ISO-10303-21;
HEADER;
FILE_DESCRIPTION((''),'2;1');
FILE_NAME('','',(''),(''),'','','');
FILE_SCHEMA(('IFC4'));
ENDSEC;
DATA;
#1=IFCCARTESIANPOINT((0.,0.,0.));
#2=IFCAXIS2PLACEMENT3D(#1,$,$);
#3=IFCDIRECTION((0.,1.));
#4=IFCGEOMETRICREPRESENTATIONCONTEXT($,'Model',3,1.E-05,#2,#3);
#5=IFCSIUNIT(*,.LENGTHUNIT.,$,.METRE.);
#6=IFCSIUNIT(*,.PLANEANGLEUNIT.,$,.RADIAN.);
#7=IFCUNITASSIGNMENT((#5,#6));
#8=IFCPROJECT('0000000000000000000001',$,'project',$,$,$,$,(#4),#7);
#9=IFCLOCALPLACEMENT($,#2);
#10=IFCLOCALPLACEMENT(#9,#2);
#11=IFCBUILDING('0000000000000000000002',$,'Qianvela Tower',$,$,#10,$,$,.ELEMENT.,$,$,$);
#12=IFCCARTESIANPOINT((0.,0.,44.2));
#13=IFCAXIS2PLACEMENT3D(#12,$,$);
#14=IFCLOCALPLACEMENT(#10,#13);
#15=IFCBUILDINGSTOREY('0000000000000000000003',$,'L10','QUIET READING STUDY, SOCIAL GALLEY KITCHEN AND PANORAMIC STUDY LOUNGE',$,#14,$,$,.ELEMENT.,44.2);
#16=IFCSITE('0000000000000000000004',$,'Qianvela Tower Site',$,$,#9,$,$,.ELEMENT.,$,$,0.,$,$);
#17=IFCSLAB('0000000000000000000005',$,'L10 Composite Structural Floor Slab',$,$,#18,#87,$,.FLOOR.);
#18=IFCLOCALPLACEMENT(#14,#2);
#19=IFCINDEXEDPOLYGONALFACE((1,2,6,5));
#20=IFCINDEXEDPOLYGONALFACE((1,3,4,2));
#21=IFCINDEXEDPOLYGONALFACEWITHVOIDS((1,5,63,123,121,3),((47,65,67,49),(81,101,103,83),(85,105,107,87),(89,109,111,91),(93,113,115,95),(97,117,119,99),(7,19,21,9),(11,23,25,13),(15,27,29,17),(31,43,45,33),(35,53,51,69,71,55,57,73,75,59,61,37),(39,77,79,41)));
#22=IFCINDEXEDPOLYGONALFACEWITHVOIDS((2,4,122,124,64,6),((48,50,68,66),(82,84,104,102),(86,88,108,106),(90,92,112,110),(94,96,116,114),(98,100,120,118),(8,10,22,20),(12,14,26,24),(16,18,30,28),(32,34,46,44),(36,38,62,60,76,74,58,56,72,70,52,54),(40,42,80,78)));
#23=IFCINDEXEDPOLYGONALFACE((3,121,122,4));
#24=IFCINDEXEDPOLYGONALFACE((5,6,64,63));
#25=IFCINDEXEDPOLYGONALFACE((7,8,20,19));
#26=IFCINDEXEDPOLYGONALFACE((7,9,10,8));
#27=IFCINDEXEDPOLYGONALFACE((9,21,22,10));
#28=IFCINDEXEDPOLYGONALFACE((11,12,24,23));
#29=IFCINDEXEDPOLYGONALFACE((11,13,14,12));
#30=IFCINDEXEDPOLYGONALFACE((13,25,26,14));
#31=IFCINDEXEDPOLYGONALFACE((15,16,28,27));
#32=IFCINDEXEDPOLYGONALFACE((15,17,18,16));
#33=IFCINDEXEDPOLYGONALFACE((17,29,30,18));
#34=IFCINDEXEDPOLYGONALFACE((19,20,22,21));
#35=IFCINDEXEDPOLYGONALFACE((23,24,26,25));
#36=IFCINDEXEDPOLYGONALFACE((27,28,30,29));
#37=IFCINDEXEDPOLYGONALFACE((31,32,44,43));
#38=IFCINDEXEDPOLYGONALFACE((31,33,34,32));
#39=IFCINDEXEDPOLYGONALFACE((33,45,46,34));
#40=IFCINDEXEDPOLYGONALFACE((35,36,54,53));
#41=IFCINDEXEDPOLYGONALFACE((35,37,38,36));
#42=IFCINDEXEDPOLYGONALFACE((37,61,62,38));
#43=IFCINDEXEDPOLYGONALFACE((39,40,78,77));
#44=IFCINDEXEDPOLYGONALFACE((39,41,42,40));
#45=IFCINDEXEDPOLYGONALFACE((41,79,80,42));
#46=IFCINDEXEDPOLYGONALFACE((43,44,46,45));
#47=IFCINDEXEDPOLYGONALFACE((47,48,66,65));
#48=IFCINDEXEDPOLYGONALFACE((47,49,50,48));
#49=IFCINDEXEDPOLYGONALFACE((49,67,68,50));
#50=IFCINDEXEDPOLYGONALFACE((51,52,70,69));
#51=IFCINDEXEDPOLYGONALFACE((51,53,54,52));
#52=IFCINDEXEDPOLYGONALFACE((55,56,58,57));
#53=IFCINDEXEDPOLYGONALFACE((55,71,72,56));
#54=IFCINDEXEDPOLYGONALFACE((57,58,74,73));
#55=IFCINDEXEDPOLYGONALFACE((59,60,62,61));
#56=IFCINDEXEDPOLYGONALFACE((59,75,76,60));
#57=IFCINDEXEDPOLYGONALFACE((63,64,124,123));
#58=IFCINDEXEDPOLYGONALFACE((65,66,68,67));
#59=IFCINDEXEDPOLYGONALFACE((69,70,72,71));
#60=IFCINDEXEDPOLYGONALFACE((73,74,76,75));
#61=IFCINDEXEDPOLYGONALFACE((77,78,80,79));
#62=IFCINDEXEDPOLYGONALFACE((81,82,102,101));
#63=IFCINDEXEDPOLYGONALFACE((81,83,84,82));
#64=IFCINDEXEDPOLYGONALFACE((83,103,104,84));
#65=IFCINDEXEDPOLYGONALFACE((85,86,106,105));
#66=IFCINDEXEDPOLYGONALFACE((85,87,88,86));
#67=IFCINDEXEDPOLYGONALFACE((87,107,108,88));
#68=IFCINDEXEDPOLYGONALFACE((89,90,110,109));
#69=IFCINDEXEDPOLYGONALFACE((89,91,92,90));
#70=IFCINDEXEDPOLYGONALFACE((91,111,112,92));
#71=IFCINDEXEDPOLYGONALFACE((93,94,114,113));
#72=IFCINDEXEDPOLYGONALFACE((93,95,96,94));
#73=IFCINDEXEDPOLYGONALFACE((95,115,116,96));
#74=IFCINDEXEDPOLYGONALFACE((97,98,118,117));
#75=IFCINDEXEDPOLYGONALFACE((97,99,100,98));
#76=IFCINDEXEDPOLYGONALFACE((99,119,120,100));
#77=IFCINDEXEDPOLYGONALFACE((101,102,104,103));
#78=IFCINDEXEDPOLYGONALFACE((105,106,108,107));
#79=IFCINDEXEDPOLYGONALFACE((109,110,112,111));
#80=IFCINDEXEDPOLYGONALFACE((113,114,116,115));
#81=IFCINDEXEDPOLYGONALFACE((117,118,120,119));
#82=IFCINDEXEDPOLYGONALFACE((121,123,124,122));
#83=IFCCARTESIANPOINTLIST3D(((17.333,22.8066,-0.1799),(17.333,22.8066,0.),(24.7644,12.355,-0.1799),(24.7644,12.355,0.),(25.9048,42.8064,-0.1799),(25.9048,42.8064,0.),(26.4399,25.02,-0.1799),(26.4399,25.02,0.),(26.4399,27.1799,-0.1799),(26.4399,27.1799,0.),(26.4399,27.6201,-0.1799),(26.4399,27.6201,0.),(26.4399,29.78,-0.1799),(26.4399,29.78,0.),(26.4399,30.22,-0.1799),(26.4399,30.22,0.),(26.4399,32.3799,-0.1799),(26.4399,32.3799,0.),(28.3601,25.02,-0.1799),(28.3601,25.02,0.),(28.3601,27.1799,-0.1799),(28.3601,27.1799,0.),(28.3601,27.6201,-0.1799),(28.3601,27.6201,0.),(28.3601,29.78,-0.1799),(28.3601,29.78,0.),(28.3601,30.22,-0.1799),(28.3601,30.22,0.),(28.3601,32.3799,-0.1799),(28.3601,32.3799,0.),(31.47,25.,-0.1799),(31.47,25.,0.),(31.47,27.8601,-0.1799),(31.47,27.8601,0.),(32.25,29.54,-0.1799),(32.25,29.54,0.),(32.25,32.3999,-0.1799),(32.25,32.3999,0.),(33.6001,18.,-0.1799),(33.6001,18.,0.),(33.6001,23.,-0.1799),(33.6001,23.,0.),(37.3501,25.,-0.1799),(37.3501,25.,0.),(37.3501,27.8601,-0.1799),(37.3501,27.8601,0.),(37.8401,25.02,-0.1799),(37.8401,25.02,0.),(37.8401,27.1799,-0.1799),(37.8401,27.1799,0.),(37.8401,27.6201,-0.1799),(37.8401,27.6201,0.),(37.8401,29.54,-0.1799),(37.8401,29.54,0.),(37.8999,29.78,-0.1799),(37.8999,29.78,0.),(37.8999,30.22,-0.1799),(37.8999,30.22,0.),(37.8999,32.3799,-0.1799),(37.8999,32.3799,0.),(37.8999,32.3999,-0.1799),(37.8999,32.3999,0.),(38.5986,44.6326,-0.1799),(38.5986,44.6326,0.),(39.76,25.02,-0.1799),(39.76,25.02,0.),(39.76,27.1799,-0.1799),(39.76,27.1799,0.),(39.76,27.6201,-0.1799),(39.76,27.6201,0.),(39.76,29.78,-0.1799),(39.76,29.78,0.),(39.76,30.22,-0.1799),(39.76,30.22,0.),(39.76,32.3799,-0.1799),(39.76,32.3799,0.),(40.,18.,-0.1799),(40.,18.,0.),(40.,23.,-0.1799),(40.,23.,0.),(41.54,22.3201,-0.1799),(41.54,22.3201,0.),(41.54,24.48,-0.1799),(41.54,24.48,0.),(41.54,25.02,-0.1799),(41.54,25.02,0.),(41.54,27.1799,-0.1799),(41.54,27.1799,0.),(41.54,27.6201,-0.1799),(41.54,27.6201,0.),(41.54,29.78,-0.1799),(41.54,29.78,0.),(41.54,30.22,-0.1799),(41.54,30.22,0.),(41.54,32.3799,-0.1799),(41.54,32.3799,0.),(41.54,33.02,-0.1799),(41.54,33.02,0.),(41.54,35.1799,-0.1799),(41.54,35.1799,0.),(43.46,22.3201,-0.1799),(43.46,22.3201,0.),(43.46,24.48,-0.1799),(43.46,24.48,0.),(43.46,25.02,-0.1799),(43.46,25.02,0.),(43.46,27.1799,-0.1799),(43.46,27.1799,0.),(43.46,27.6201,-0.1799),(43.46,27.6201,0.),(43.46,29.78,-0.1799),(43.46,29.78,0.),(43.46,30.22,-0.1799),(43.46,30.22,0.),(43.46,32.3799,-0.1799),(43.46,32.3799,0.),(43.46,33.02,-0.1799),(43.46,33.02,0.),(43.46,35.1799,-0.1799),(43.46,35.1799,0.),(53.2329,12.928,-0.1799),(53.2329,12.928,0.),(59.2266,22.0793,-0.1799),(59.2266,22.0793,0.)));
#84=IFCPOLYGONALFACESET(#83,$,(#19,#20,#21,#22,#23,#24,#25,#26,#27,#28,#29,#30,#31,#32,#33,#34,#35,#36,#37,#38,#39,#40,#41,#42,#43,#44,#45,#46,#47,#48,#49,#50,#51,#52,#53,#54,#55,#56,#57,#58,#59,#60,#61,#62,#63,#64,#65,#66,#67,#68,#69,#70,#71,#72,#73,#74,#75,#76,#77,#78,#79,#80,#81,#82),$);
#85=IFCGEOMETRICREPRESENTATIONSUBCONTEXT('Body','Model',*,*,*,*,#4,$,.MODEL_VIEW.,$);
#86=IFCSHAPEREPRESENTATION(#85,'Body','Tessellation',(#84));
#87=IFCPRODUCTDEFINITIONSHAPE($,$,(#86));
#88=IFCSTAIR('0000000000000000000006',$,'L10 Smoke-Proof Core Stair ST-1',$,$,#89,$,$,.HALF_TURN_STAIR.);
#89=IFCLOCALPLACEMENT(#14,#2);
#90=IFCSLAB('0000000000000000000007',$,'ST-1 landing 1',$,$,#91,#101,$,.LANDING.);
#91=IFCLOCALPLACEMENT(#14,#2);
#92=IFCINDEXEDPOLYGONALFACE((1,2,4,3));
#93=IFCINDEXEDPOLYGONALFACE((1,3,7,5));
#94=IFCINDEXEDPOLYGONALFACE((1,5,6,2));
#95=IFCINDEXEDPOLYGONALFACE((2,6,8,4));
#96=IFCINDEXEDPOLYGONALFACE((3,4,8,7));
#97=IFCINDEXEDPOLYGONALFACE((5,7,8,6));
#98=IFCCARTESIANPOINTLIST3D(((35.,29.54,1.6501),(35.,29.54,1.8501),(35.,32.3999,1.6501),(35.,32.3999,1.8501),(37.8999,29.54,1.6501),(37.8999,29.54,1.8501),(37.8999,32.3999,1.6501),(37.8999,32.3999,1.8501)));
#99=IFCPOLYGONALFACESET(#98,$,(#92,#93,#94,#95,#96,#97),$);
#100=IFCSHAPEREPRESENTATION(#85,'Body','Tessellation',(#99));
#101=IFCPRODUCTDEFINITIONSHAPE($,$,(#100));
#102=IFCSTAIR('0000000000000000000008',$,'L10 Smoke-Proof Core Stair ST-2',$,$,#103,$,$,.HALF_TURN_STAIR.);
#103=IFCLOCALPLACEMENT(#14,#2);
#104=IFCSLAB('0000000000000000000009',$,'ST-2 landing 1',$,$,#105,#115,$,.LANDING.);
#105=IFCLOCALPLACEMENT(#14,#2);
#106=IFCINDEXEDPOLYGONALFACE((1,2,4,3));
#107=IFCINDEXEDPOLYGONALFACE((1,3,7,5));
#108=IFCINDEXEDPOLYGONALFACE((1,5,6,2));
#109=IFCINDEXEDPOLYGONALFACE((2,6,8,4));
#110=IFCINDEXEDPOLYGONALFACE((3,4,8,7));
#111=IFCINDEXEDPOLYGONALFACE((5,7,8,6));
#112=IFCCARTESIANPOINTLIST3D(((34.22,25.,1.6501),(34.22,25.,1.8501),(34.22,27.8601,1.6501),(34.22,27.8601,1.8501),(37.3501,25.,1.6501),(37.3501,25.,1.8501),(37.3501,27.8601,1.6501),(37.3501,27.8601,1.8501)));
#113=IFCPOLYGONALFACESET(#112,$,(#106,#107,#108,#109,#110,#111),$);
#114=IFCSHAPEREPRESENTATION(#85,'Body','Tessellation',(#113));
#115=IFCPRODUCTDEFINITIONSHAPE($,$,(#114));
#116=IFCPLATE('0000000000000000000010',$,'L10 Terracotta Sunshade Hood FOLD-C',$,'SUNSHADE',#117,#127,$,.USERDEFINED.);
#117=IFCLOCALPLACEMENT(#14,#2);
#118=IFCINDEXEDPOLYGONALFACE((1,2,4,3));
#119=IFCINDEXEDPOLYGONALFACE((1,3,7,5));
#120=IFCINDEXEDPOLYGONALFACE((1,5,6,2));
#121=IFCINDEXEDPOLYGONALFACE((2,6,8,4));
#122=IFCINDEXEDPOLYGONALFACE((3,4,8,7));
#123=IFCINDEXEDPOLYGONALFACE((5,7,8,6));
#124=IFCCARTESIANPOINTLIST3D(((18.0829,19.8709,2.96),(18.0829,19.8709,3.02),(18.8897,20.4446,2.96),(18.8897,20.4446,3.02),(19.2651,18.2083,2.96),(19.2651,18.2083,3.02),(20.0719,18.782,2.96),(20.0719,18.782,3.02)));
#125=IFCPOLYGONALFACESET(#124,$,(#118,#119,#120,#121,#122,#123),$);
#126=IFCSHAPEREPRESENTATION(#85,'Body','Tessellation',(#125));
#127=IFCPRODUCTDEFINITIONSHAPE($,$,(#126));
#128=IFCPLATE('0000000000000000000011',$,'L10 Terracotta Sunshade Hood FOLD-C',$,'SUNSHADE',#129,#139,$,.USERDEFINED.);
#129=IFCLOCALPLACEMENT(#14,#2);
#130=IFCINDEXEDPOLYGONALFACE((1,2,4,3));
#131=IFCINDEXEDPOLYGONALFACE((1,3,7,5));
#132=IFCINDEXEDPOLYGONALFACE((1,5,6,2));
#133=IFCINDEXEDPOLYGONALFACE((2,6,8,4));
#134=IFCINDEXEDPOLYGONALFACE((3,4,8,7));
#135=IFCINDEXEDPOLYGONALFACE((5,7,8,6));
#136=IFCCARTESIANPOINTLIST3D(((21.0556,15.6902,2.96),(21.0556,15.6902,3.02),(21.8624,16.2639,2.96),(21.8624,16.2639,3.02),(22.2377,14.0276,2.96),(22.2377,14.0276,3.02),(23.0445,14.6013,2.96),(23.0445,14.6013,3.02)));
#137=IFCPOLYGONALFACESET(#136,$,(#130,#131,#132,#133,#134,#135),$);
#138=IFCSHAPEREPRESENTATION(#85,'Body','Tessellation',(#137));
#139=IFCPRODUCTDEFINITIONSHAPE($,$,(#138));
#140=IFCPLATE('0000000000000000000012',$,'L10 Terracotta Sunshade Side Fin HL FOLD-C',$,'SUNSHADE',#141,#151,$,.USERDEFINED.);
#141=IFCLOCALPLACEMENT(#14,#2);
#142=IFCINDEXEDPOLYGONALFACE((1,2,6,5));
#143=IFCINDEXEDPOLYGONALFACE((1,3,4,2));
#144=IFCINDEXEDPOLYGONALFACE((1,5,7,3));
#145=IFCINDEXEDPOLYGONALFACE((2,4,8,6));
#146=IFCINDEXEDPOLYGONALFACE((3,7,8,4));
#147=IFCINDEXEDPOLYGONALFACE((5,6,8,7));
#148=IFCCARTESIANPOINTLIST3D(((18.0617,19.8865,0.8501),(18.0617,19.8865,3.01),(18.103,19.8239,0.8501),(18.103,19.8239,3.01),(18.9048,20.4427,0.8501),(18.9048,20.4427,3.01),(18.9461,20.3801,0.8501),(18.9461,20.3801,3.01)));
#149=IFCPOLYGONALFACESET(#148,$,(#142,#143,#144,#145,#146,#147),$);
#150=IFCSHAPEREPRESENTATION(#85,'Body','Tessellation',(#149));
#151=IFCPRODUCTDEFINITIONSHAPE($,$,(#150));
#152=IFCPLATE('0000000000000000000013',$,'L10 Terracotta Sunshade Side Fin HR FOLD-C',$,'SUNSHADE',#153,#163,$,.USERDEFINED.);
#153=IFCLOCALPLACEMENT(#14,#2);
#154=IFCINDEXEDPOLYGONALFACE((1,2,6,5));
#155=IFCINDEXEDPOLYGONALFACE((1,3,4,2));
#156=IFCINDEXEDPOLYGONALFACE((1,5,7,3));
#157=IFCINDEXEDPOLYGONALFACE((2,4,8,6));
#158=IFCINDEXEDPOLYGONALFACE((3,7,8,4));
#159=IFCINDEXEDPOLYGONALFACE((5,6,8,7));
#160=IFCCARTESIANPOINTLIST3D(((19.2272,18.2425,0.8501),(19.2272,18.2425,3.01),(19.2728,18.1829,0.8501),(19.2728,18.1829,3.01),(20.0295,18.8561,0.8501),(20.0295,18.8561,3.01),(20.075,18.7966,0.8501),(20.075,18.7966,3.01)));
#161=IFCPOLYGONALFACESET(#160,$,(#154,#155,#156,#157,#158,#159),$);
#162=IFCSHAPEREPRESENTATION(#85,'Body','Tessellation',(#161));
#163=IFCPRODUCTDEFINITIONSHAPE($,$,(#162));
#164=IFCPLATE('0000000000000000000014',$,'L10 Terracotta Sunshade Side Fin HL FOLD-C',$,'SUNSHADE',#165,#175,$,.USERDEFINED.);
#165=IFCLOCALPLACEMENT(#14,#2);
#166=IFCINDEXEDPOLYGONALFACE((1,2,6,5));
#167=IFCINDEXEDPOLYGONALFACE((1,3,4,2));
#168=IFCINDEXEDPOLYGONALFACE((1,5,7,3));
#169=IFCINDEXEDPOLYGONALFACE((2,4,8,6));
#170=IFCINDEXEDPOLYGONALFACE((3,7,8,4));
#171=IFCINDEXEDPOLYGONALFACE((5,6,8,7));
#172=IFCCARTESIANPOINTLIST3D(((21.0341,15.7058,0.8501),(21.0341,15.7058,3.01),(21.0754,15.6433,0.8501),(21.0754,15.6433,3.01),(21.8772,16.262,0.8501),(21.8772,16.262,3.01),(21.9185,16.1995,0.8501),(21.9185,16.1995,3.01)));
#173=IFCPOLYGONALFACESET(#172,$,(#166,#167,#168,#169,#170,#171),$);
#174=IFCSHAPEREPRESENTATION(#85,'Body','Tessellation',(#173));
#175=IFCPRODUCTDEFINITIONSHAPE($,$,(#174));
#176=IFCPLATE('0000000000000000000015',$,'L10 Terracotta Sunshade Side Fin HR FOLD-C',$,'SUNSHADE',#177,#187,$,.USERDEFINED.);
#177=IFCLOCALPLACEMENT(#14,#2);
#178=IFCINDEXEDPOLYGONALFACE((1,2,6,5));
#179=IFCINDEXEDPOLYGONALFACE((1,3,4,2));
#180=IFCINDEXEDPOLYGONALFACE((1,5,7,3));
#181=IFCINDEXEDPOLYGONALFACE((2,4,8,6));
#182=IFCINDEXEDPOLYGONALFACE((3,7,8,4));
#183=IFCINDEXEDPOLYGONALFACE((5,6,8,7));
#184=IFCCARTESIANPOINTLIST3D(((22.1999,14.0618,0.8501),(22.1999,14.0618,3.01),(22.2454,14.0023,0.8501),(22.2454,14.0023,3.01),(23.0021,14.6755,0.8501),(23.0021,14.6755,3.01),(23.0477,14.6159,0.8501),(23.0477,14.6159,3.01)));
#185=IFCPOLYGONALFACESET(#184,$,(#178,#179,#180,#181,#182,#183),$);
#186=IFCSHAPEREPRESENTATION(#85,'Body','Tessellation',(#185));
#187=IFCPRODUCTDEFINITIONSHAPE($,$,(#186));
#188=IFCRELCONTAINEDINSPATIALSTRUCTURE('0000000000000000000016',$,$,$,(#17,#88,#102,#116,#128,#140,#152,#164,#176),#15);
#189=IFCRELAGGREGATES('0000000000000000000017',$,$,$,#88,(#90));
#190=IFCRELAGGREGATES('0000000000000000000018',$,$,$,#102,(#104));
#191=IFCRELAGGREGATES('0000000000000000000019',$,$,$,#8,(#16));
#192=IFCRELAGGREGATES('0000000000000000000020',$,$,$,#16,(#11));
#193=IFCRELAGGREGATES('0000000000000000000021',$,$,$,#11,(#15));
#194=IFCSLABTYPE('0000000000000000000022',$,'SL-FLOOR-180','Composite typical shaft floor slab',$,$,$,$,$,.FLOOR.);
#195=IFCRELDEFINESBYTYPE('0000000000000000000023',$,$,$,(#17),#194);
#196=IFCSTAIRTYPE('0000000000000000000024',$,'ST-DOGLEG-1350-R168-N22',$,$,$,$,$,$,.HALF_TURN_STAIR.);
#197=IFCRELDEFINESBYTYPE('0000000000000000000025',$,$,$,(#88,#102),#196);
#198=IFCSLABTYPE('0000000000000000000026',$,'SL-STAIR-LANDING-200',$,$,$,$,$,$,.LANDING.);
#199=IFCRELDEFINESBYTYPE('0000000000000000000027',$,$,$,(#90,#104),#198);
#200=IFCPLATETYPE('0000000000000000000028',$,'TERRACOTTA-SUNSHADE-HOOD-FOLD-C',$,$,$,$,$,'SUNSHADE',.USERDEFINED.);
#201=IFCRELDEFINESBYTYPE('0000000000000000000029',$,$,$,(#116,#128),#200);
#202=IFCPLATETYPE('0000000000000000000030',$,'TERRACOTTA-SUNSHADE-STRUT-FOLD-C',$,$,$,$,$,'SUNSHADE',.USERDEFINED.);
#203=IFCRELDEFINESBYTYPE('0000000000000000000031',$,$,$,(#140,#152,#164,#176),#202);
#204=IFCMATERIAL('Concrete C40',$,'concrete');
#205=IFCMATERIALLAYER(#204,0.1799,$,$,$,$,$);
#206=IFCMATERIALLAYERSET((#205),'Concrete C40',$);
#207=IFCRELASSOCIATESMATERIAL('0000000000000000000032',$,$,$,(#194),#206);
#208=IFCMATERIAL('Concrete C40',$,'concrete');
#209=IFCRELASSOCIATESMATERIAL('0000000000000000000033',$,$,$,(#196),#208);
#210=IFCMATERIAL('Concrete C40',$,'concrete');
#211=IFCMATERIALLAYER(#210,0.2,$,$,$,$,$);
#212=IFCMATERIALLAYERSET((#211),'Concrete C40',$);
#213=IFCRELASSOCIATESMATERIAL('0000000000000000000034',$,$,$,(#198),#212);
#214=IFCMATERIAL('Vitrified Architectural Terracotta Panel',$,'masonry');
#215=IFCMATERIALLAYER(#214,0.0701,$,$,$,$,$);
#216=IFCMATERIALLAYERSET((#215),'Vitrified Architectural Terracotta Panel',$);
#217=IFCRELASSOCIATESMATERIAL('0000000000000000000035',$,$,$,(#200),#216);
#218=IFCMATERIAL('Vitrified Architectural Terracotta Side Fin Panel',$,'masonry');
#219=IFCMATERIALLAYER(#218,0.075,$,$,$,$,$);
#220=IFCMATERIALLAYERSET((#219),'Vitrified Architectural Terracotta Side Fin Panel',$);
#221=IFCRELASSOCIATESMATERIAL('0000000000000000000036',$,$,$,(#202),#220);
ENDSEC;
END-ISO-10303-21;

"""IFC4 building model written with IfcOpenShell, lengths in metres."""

from ifc_helpers import new_model, si_unit, direction, frame, origin, origin_2d, place, context, subcontext, project, spatial, polyline, rectangle, outline, extrude, material, layer, layer_set, type_object, element, aggregate, save


model = new_model("IFC4")

# Units and contexts
model_context = context("Model", 3, precision=1e-05, world=origin(), true_north=direction((0.0, 1.0)))
body_context = subcontext(model_context, "Body", "Model", "MODEL_VIEW")
ifc_project = project(units=[si_unit("LENGTHUNIT", "METRE"), si_unit("PLANEANGLEUNIT", "RADIAN")], contexts=[model_context])

# Site, building, storey
site_placement = place(None, origin())
site = spatial("IfcSite", under=ifc_project, at=site_placement, Name="Qianvela Tower Site", CompositionType="ELEMENT", RefElevation=0.0)
building_placement = place(site_placement, origin())
building = spatial("IfcBuilding", under=site, at=building_placement, Name="Qianvela Tower", CompositionType="ELEMENT")
storey_placement = place(building_placement, frame((0.0, 0.0, 44.2)))
storey = spatial("IfcBuildingStorey", under=building, at=storey_placement, Name="L10", Description="QUIET READING STUDY, SOCIAL GALLEY KITCHEN AND PANORAMIC STUDY LOUNGE", CompositionType="ELEMENT", Elevation=44.2)

# Slab
ifc_material_1 = material(Name="Concrete C40", Category="concrete")
ifc_layer_1 = layer(ifc_material_1, 0.1799)
ifc_layer_set_1 = layer_set([ifc_layer_1], Name="Concrete C40")
slab_type_1 = type_object("IfcSlabType", Name="SL-FLOOR-180", Description="Composite typical shaft floor slab", PredefinedType="FLOOR", material=ifc_layer_set_1)
slab_1_placement = place(storey_placement, frame((0.0, 0.0, -0.1799)))
element("IfcSlab", 1, at=slab_1_placement, inside=storey, type_object=slab_type_1, Name="L10 Composite Structural Floor Slab", PredefinedType="FLOOR", context=body_context, shape_type="SweptSolid", body=[
    extrude(outline(polyline([(53.2329, 12.928), (59.2266, 22.0793), (38.5986, 44.6326), (25.9048, 42.8064), (17.333, 22.8066), (24.7644, 12.355), (53.2329, 12.928)]), holes=[polyline([(40.0, 23.0), (33.6001, 23.0), (33.6001, 18.0), (40.0, 18.0), (40.0, 23.0)]), polyline([(28.3601, 25.02), (28.3601, 27.1799), (26.4399, 27.1799), (26.4399, 25.02), (28.3601, 25.02)]), polyline([(37.3501, 25.0), (37.3501, 27.8601), (31.47, 27.8601), (31.47, 25.0), (37.3501, 25.0)]), polyline([(28.3601, 27.6201), (28.3601, 29.78), (26.4399, 29.78), (26.4399, 27.6201), (28.3601, 27.6201)]), polyline([(37.8999, 32.3799), (37.8999, 32.3999), (32.25, 32.3999), (32.25, 29.54), (37.8401, 29.54), (37.8401, 27.6201), (39.76, 27.6201), (39.76, 29.78), (37.8999, 29.78), (37.8999, 30.22), (39.76, 30.22), (39.76, 32.3799), (37.8999, 32.3799)]), polyline([(28.3601, 30.22), (28.3601, 32.3799), (26.4399, 32.3799), (26.4399, 30.22), (28.3601, 30.22)]), polyline([(43.46, 24.48), (41.54, 24.48), (41.54, 22.3201), (43.46, 22.3201), (43.46, 24.48)]), polyline([(39.76, 25.02), (39.76, 27.1799), (37.8401, 27.1799), (37.8401, 25.02), (39.76, 25.02)]), polyline([(43.46, 25.02), (43.46, 27.1799), (41.54, 27.1799), (41.54, 25.02), (43.46, 25.02)]), polyline([(43.46, 27.6201), (43.46, 29.78), (41.54, 29.78), (41.54, 27.6201), (43.46, 27.6201)]), polyline([(43.46, 30.22), (43.46, 32.3799), (41.54, 32.3799), (41.54, 30.22), (43.46, 30.22)]), polyline([(43.46, 33.02), (43.46, 35.1799), (41.54, 35.1799), (41.54, 33.02), (43.46, 33.02)])]), origin(), (0.0, 0.0, 1.0), 0.1799),
])

# Stairs, slabs
ifc_material_2 = material(Name="Concrete C40", Category="concrete")
stair_type = type_object("IfcStairType", Name="ST-DOGLEG-1350-R168-N22", PredefinedType="HALF_TURN_STAIR", material=ifc_material_2)
stair_1_placement = place(storey_placement, origin())
stair_1 = element("IfcStair", 2, at=stair_1_placement, inside=storey, type_object=stair_type, Name="L10 Smoke-Proof Core Stair ST-1", PredefinedType="HALF_TURN_STAIR")
ifc_material_3 = material(Name="Concrete C40", Category="concrete")
ifc_layer_2 = layer(ifc_material_3, 0.2)
ifc_layer_set_2 = layer_set([ifc_layer_2], Name="Concrete C40")
slab_type_2 = type_object("IfcSlabType", Name="SL-STAIR-LANDING-200", PredefinedType="LANDING", material=ifc_layer_set_2)
slab_2_placement = place(storey_placement, frame((0.0, 0.0, 1.6501)))
slab_2 = element("IfcSlab", 3, at=slab_2_placement, type_object=slab_type_2, Name="ST-1 landing 1", PredefinedType="LANDING", context=body_context, shape_type="SweptSolid", body=[
    extrude(outline(polyline([(35.0, 29.54), (37.8999, 29.54), (37.8999, 32.3999), (35.0, 32.3999), (35.0, 29.54)])), origin(), (0.0, 0.0, 1.0), 0.2),
])
aggregate(stair_1, [slab_2])
stair_2_placement = place(storey_placement, origin())
stair_2 = element("IfcStair", 4, at=stair_2_placement, inside=storey, type_object=stair_type, Name="L10 Smoke-Proof Core Stair ST-2", PredefinedType="HALF_TURN_STAIR")
slab_3_placement = place(storey_placement, frame((0.0, 0.0, 1.6501)))
slab_3 = element("IfcSlab", 5, at=slab_3_placement, type_object=slab_type_2, Name="ST-2 landing 1", PredefinedType="LANDING", context=body_context, shape_type="SweptSolid", body=[
    extrude(outline(polyline([(34.22, 25.0), (37.3501, 25.0), (37.3501, 27.8601), (34.22, 27.8601), (34.22, 25.0)])), origin(), (0.0, 0.0, 1.0), 0.2),
])
aggregate(stair_2, [slab_3])

# Plates
ifc_material_4 = material(Name="Vitrified Architectural Terracotta Panel", Category="masonry")
ifc_layer_3 = layer(ifc_material_4, 0.0701)
ifc_layer_set_3 = layer_set([ifc_layer_3], Name="Vitrified Architectural Terracotta Panel")
plate_type_1 = type_object("IfcPlateType", Name="TERRACOTTA-SUNSHADE-HOOD-FOLD-C", ElementType="SUNSHADE", PredefinedType="USERDEFINED", material=ifc_layer_set_3)
for number, where, z_axis, x_axis, name in (
    (6, (19.0774, 19.3264, 2.96), (0.0, 0.0, 1.0), (0.579482, -0.814985, 0.0), "L10 Terracotta Sunshade Hood FOLD-C"),
    (7, (22.05, 15.1458, 2.96), (0.0, 0.0, 1.0), (0.579482, -0.814985, 0.0), "L10 Terracotta Sunshade Hood FOLD-C"),
):
    element("IfcPlate", number, at=place(storey_placement, frame(where, z_axis=z_axis, x_axis=x_axis)), inside=storey, type_object=plate_type_1, Name=name, ObjectType="SUNSHADE", PredefinedType="USERDEFINED", context=body_context, shape_type="SweptSolid", body=[
        extrude(rectangle(XDim=2.04, YDim=0.99, at=origin_2d()), origin(), (0.0, 0.0, 1.0), 0.0601),
    ])
ifc_material_5 = material(Name="Vitrified Architectural Terracotta Side Fin Panel", Category="masonry")
ifc_layer_4 = layer(ifc_material_5, 0.075)
ifc_layer_set_4 = layer_set([ifc_layer_4], Name="Vitrified Architectural Terracotta Side Fin Panel")
plate_type_2 = type_object("IfcPlateType", Name="TERRACOTTA-SUNSHADE-STRUT-FOLD-C", ElementType="SUNSHADE", PredefinedType="USERDEFINED", material=ifc_layer_set_4)
for number, where, z_axis, x_axis, name in (
    (8, (18.5039, 20.1333, 0.8501), (0.0, 0.0, 1.0), (0.550686, -0.834712, 0.0), "L10 Terracotta Sunshade Side Fin HL FOLD-C"),
    (9, (19.6511, 18.5195, 0.8501), (0.0, 0.0, 1.0), (0.607571, -0.794265, 0.0), "L10 Terracotta Sunshade Side Fin HR FOLD-C"),
    (10, (21.4763, 15.9526, 0.8501), (0.0, 0.0, 1.0), (0.550686, -0.834712, 0.0), "L10 Terracotta Sunshade Side Fin HL FOLD-C"),
    (11, (22.6238, 14.3389, 0.8501), (0.0, 0.0, 1.0), (0.607571, -0.794265, 0.0), "L10 Terracotta Sunshade Side Fin HR FOLD-C"),
):
    element("IfcPlate", number, at=place(storey_placement, frame(where, z_axis=z_axis, x_axis=x_axis)), inside=storey, type_object=plate_type_2, Name=name, ObjectType="SUNSHADE", PredefinedType="USERDEFINED", context=body_context, shape_type="SweptSolid", body=[
        extrude(rectangle(XDim=0.075, YDim=1.01, at=origin_2d()), origin(), (0.0, 0.0, 1.0), 2.1599),
    ])

save(model, "model.ifc")
